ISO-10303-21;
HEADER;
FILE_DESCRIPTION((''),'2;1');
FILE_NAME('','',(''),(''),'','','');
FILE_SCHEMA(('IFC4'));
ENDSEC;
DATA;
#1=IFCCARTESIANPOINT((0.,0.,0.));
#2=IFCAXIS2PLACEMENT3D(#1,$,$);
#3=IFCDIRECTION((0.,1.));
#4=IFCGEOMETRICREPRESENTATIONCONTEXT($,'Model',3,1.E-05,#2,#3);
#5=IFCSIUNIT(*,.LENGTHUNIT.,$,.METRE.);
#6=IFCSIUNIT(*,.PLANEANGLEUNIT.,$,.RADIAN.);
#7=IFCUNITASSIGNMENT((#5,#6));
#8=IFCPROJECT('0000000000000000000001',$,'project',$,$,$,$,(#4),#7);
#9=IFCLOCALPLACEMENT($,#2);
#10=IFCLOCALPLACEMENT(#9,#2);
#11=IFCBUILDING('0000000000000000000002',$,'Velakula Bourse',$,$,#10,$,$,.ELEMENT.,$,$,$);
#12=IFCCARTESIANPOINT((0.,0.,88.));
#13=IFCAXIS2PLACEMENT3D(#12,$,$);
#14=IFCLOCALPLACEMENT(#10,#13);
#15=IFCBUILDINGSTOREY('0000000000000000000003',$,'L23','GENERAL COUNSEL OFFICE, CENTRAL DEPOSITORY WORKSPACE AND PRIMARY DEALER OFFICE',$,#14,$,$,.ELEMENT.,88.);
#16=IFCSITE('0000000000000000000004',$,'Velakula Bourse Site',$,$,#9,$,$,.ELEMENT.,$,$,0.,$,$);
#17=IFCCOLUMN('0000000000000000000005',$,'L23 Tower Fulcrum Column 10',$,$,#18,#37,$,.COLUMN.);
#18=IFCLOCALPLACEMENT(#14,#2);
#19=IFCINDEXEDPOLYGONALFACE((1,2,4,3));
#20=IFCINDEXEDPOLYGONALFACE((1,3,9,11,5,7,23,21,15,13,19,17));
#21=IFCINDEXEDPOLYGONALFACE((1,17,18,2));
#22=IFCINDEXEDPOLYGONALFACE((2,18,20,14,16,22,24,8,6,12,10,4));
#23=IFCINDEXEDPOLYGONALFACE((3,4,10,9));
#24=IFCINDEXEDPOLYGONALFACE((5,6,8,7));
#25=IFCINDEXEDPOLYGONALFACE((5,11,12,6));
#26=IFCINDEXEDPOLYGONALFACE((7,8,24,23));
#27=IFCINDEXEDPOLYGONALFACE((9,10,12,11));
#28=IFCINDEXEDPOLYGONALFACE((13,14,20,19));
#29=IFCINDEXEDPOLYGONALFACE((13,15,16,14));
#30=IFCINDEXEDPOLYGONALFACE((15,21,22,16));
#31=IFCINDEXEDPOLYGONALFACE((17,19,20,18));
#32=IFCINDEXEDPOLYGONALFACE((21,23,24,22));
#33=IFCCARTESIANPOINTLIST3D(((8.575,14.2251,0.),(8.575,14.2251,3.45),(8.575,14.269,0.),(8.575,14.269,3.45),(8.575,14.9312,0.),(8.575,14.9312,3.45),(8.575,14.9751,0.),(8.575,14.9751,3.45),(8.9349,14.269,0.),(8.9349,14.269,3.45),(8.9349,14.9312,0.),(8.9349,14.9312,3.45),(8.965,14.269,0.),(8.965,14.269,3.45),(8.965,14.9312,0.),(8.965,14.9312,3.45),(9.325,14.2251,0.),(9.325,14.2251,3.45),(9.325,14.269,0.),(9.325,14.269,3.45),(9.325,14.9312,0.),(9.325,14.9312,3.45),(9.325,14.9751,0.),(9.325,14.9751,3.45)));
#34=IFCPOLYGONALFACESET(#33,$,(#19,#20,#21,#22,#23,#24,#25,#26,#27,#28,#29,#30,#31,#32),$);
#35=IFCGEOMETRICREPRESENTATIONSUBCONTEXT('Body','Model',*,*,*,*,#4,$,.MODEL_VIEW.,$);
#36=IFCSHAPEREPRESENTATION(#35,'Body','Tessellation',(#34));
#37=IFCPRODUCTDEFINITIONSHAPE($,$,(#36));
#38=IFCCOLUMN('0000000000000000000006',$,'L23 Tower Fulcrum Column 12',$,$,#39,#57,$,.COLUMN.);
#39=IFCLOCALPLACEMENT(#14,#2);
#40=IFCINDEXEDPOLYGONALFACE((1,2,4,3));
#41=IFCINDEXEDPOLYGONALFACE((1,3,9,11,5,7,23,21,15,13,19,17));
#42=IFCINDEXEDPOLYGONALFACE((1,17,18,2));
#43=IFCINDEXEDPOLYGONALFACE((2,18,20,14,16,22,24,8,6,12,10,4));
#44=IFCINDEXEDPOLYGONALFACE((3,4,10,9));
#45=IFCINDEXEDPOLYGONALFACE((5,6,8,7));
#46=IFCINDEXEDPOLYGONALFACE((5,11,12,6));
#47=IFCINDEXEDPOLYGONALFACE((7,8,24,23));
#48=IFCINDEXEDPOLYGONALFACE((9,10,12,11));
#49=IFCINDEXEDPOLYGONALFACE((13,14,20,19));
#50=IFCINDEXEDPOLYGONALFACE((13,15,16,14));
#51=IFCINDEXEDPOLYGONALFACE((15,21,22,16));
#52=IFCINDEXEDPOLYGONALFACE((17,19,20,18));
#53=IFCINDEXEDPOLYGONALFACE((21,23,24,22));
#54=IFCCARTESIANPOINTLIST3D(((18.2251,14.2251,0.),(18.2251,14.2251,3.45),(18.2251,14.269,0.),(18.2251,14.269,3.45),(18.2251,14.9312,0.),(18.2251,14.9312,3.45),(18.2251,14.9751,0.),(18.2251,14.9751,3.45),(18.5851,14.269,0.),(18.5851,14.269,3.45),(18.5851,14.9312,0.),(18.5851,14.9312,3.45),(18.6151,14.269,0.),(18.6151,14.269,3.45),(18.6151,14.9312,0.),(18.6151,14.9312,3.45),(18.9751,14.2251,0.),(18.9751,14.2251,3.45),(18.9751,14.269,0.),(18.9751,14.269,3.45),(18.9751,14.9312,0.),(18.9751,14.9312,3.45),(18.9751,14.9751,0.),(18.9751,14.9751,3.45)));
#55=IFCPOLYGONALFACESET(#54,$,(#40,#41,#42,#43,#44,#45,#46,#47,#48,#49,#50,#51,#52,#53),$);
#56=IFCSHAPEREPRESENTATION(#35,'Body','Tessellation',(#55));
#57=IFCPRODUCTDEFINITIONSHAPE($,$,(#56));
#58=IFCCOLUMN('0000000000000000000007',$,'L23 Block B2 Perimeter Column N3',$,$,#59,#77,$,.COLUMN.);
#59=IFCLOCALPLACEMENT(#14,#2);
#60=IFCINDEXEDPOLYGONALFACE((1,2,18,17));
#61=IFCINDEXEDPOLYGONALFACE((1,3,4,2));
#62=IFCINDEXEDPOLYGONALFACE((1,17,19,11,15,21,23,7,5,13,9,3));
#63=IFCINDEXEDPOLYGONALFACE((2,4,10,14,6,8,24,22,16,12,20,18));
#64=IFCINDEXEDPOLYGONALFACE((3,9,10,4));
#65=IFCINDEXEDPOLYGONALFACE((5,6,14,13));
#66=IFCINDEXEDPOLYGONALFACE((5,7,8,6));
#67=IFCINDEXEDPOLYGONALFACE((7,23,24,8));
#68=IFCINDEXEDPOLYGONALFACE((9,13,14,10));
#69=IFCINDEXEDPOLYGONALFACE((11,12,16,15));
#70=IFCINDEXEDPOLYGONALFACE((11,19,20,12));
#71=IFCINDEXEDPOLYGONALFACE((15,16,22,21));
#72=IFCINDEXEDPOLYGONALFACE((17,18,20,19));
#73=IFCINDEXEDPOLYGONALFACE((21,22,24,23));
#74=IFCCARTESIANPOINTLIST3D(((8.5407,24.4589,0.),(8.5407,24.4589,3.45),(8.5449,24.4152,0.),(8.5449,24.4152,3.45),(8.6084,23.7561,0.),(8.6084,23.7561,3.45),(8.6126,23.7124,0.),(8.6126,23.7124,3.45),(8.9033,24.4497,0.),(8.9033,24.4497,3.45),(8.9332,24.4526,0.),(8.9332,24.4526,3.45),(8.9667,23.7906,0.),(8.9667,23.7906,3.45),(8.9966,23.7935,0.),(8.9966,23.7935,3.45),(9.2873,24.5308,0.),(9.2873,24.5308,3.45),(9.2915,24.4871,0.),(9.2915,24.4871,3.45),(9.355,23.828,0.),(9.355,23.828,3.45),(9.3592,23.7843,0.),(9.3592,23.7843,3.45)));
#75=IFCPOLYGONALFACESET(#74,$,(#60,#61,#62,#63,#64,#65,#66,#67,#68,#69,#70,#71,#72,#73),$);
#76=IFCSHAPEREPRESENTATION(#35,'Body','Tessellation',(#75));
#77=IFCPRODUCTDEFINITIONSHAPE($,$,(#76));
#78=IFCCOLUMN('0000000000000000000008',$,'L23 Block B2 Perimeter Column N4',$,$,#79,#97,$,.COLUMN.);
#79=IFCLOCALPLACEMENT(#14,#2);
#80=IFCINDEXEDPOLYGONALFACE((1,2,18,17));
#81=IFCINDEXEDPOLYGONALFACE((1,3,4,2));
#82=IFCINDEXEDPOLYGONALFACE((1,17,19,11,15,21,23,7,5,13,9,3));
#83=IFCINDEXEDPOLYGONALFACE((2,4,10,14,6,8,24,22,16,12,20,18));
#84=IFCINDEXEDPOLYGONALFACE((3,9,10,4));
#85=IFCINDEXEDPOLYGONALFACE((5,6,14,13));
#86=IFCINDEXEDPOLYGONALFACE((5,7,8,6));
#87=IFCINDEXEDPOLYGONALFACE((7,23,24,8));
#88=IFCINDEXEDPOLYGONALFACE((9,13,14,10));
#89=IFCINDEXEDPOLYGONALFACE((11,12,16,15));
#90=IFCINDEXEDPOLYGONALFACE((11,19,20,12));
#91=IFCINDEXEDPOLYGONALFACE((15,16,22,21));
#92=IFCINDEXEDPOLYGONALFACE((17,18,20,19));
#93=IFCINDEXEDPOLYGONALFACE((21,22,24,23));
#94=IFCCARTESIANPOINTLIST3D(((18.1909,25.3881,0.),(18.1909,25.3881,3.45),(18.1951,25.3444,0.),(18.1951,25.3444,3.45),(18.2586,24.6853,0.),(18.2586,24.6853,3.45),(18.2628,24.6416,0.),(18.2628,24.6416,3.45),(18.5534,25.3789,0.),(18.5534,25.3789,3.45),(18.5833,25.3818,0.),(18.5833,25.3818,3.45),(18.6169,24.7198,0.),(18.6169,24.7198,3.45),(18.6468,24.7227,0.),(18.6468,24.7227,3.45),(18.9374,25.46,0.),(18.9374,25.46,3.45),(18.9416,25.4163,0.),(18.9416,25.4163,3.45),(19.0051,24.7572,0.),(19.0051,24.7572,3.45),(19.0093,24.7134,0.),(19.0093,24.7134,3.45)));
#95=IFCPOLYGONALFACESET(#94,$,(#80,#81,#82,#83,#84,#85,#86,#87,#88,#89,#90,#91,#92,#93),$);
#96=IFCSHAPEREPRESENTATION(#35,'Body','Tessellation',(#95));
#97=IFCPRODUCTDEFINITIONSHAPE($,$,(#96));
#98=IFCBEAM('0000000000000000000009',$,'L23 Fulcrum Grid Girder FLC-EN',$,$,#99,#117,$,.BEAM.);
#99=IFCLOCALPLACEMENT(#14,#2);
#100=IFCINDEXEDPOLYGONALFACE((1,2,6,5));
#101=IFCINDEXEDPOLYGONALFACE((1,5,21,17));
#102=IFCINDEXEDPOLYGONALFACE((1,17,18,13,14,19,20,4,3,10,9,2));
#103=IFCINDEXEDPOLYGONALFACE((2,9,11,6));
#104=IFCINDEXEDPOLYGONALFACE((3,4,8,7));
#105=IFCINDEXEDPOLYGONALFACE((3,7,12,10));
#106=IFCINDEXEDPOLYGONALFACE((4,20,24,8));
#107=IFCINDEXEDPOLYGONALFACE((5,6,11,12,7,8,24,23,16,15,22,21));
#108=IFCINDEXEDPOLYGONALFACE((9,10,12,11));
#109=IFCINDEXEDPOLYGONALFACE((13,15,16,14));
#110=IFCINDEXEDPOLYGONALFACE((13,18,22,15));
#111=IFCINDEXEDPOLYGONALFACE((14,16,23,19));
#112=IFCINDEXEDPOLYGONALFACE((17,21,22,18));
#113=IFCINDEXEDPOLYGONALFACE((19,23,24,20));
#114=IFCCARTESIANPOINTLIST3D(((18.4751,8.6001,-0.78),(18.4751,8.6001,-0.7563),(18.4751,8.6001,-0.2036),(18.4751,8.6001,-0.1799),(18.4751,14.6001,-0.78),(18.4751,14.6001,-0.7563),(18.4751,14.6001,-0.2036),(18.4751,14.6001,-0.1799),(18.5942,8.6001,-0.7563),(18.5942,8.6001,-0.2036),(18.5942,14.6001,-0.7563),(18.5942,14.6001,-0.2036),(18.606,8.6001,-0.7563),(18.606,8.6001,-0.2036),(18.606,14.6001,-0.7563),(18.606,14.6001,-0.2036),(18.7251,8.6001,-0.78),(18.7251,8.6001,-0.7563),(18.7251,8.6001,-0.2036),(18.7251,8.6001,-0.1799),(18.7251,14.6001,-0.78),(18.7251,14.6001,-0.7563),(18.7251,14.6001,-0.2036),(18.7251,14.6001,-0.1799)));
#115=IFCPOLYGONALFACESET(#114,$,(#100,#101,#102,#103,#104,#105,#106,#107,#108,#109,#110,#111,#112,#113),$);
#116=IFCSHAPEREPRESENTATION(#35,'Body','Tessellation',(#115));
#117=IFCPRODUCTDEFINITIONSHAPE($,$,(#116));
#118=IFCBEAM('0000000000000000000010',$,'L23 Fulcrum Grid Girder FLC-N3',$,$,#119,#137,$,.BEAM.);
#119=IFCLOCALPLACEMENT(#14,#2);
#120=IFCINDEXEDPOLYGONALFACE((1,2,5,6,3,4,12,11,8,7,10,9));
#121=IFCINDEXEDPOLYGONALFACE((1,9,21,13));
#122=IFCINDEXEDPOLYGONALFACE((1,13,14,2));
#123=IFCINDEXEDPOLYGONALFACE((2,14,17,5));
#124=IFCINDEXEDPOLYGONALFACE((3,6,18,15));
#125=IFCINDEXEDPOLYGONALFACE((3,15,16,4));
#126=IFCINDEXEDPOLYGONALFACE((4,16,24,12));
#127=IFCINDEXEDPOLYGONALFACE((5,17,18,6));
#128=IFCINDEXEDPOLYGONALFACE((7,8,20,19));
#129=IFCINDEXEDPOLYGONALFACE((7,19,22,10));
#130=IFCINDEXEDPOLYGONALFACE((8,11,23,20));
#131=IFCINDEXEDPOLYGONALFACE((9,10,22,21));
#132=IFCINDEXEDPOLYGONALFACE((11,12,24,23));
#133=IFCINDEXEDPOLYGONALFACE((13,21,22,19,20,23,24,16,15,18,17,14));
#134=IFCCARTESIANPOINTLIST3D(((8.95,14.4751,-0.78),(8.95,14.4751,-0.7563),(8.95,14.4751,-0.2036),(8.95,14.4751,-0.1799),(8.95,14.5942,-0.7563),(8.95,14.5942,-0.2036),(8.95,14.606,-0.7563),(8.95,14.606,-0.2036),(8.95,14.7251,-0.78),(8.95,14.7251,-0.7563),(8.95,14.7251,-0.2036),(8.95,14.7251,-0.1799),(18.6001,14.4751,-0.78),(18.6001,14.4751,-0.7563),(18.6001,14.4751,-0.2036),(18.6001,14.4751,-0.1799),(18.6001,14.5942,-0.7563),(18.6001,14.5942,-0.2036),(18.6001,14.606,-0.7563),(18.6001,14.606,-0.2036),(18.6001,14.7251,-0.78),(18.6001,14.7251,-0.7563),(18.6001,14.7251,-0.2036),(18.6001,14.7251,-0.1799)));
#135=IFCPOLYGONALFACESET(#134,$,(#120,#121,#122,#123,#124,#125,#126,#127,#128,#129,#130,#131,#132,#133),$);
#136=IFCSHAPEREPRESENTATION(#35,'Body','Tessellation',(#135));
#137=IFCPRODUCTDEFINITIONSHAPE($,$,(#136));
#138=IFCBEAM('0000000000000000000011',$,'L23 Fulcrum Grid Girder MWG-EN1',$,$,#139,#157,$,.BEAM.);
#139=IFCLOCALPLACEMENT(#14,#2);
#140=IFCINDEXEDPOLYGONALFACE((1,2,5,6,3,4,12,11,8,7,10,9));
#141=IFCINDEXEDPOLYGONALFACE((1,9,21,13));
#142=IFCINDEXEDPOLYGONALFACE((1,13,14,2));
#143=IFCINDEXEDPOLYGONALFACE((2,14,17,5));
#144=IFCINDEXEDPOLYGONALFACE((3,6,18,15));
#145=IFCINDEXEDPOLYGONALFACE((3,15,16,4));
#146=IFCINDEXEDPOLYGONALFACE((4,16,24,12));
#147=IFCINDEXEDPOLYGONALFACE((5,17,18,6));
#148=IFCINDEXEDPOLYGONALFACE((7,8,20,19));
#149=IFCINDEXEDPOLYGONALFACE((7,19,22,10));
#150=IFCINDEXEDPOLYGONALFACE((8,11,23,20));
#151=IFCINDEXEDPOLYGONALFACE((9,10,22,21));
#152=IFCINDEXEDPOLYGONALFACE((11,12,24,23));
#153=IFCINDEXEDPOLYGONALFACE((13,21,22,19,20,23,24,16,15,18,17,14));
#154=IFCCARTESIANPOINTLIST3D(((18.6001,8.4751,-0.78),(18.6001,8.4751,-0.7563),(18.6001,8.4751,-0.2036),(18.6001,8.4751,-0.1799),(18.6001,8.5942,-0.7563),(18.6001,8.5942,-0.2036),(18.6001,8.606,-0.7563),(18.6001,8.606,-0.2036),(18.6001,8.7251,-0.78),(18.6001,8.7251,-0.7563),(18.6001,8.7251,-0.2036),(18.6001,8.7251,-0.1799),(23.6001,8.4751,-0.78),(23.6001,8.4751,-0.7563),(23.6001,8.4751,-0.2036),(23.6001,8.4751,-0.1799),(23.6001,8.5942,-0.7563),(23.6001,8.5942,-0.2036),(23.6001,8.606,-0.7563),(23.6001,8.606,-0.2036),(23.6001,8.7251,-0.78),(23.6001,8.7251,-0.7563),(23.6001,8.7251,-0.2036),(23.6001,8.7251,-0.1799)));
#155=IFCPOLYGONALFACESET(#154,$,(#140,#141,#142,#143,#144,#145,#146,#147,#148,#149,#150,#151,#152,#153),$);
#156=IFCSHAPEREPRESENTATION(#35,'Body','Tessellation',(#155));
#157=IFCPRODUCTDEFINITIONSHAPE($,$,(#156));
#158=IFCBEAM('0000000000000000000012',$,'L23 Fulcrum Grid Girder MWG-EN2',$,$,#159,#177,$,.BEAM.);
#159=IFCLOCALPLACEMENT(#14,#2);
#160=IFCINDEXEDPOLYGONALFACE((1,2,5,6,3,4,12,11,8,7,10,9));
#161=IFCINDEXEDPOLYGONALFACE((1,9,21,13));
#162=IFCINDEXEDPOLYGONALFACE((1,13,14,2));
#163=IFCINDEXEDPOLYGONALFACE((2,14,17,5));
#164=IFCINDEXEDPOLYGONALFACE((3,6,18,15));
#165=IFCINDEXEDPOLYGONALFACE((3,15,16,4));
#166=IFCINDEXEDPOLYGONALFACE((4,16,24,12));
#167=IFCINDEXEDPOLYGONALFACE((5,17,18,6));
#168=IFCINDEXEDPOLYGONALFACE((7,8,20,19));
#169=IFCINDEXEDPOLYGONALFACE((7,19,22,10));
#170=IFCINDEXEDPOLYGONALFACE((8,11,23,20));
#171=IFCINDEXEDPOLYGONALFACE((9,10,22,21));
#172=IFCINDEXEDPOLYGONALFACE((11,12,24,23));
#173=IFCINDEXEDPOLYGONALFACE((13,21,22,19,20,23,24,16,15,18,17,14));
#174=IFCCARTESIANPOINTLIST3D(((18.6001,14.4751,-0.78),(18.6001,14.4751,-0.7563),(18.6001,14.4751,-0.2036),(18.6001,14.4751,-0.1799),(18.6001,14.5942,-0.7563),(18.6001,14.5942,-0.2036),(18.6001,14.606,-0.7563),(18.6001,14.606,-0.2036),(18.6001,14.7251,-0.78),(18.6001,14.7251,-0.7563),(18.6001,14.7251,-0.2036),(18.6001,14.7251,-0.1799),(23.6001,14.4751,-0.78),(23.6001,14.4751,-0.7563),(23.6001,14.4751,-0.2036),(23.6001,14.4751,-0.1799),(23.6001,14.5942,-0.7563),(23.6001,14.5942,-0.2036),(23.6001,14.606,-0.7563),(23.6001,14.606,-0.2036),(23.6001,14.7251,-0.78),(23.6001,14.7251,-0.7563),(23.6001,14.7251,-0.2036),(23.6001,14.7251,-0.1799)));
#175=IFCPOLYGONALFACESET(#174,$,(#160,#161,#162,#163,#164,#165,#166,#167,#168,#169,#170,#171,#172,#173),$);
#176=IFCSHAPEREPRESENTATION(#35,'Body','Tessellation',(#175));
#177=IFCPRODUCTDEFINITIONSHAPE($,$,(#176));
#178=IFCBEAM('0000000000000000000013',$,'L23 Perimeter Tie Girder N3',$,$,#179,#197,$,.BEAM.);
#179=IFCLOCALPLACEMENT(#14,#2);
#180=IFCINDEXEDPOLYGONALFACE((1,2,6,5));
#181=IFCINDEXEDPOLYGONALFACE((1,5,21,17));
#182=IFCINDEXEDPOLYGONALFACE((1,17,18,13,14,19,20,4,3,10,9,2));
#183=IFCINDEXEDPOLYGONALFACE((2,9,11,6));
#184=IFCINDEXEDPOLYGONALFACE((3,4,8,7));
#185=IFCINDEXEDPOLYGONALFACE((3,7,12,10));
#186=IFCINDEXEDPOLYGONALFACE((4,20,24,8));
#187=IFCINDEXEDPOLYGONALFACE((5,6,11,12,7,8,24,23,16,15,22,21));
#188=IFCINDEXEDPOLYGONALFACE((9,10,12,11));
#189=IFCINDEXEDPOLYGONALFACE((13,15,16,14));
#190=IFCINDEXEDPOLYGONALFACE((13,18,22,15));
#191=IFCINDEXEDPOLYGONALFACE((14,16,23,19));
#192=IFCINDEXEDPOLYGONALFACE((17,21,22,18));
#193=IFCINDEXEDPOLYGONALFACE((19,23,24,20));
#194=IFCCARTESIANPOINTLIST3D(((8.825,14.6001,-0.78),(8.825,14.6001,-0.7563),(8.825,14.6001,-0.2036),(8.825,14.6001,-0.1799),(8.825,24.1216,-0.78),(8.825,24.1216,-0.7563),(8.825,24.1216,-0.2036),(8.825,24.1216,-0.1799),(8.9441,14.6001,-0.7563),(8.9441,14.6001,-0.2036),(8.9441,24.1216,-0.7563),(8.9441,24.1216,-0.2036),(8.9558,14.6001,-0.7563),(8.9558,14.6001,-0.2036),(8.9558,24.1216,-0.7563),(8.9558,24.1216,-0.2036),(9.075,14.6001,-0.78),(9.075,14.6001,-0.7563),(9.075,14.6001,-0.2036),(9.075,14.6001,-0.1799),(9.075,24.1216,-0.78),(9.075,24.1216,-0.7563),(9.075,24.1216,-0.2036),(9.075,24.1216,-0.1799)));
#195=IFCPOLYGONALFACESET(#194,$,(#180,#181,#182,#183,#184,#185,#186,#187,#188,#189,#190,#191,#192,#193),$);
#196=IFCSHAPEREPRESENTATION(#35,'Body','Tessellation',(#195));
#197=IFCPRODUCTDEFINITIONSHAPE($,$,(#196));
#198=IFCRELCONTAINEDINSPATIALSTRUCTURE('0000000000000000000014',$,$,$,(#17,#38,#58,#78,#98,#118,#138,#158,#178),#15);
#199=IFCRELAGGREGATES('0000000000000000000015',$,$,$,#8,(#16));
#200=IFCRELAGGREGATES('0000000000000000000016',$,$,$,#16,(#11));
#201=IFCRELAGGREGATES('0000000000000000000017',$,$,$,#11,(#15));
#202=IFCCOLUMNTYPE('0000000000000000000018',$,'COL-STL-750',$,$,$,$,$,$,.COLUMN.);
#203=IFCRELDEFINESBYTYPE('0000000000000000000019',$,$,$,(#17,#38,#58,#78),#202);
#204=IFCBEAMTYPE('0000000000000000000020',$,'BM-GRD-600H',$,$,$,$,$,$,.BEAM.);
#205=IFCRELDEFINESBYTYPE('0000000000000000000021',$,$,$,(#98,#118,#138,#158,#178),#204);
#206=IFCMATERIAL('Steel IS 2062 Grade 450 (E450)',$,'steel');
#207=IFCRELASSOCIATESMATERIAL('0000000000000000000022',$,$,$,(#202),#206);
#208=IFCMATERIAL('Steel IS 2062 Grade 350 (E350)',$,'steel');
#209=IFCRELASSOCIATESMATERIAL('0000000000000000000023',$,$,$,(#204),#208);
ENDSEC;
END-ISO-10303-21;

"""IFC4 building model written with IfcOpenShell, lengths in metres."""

from ifc_helpers import new_model, si_unit, direction, frame, origin, origin_2d, place, context, subcontext, project, spatial, i_section, extrude, material, material_profile, profile_set, type_object, element, save


model = new_model("IFC4")

# Units and contexts
model_context = context("Model", 3, precision=1e-05, world=origin(), true_north=direction((0.0, 1.0)))
body_context = subcontext(model_context, "Body", "Model", "MODEL_VIEW")
ifc_project = project(units=[si_unit("LENGTHUNIT", "METRE"), si_unit("PLANEANGLEUNIT", "RADIAN")], contexts=[model_context])

# Site, building, storey
site_placement = place(None, origin())
site = spatial("IfcSite", under=ifc_project, at=site_placement, Name="Velakula Bourse Site", CompositionType="ELEMENT", RefElevation=0.0)
building_placement = place(site_placement, origin())
building = spatial("IfcBuilding", under=site, at=building_placement, Name="Velakula Bourse", CompositionType="ELEMENT")
storey_placement = place(building_placement, frame((0.0, 0.0, 88.0)))
storey = spatial("IfcBuildingStorey", under=building, at=storey_placement, Name="L23", Description="GENERAL COUNSEL OFFICE, CENTRAL DEPOSITORY WORKSPACE AND PRIMARY DEALER OFFICE", CompositionType="ELEMENT", Elevation=88.0)

# Columns
ifc_material_1 = material(Name="Steel IS 2062 Grade 450 (E450)", Category="steel")
ifc_material_profile_1 = material_profile(ifc_material_1, i_section(OverallWidth=0.75, OverallDepth=0.75, WebThickness=0.03, FlangeThickness=0.0439, at=origin_2d()), Name="Steel IS 2062 Grade 450 (E450)")
ifc_profile_set_1 = profile_set([ifc_material_profile_1], Name="Steel IS 2062 Grade 450 (E450)")
column_type = type_object("IfcColumnType", Name="COL-STL-750", PredefinedType="COLUMN", material=ifc_profile_set_1)
for number, where, z_axis, x_axis, name in (
    (1, (8.95, 14.6001, 0.0), (0.0, 0.0, 1.0), (1.0, 0.0, 0.0), "L23 Tower Fulcrum Column 10"),
    (2, (18.6001, 14.6001, 0.0), (0.0, 0.0, 1.0), (1.0, 0.0, 0.0), "L23 Tower Fulcrum Column 12"),
    (3, (8.95, 24.1216, 0.0), (0.0, 0.0, 1.0), (0.995396, 0.095846, 0.0), "L23 Block B2 Perimeter Column N3"),
    (4, (18.6001, 25.0508, 0.0), (0.0, 0.0, 1.0), (0.995396, 0.095846, 0.0), "L23 Block B2 Perimeter Column N4"),
):
    element("IfcColumn", number, at=place(storey_placement, frame(where, z_axis=z_axis, x_axis=x_axis)), inside=storey, type_object=column_type, Name=name, PredefinedType="COLUMN", context=body_context, shape_type="SweptSolid", body=[
        extrude(i_section(OverallWidth=0.75, OverallDepth=0.75, WebThickness=0.03, FlangeThickness=0.0439, at=origin_2d()), origin(), (0.0, 0.0, 1.0), 3.45),
    ])

# Beams
ifc_material_2 = material(Name="Steel IS 2062 Grade 350 (E350)", Category="steel")
ifc_material_profile_2 = material_profile(ifc_material_2, i_section(OverallWidth=0.25, OverallDepth=0.6001, WebThickness=0.0117, FlangeThickness=0.0237, at=origin_2d()), Name="Steel IS 2062 Grade 350 (E350)")
ifc_profile_set_2 = profile_set([ifc_material_profile_2], Name="Steel IS 2062 Grade 350 (E350)")
beam_type_1 = type_object("IfcBeamType", Name="BM-GRD-600H", PredefinedType="BEAM", material=ifc_profile_set_2)
beam_1_placement = place(storey_placement, frame((18.6001, 8.6001, -0.48), z_axis=(0.0, 1.0, 0.0), x_axis=(-1.0, 0.0, 0.0)))
element("IfcBeam", 5, at=beam_1_placement, inside=storey, type_object=beam_type_1, Name="L23 Fulcrum Grid Girder FLC-EN", PredefinedType="BEAM", context=body_context, shape_type="SweptSolid", body=[
    extrude(i_section(OverallWidth=0.25, OverallDepth=0.6001, WebThickness=0.0117, FlangeThickness=0.0237, at=origin_2d()), origin(), (0.0, 0.0, 1.0), 6.0),
])
beam_2_placement = place(storey_placement, frame((8.95, 14.6001, -0.48), z_axis=(1.0, 0.0, 0.0), x_axis=(0.0, 1.0, 0.0)))
element("IfcBeam", 6, at=beam_2_placement, inside=storey, type_object=beam_type_1, Name="L23 Fulcrum Grid Girder FLC-N3", PredefinedType="BEAM", context=body_context, shape_type="SweptSolid", body=[
    extrude(i_section(OverallWidth=0.25, OverallDepth=0.6001, WebThickness=0.0117, FlangeThickness=0.0237, at=origin_2d()), origin(), (0.0, 0.0, 1.0), 9.6501),
])
for number, where, z_axis, x_axis, name in (
    (7, (18.6001, 8.6001, -0.48), (1.0, 0.0, 0.0), (0.0, 1.0, 0.0), "L23 Fulcrum Grid Girder MWG-EN1"),
    (8, (18.6001, 14.6001, -0.48), (1.0, 0.0, 0.0), (0.0, 1.0, 0.0), "L23 Fulcrum Grid Girder MWG-EN2"),
):
    element("IfcBeam", number, at=place(storey_placement, frame(where, z_axis=z_axis, x_axis=x_axis)), inside=storey, type_object=beam_type_1, Name=name, PredefinedType="BEAM", context=body_context, shape_type="SweptSolid", body=[
        extrude(i_section(OverallWidth=0.25, OverallDepth=0.6001, WebThickness=0.0117, FlangeThickness=0.0237, at=origin_2d()), origin(), (0.0, 0.0, 1.0), 5.0),
    ])
beam_3_placement = place(storey_placement, frame((8.95, 14.6001, -0.48), z_axis=(0.0, 1.0, 0.0), x_axis=(-1.0, 0.0, 0.0)))
element("IfcBeam", 9, at=beam_3_placement, inside=storey, type_object=beam_type_1, Name="L23 Perimeter Tie Girder N3", PredefinedType="BEAM", context=body_context, shape_type="SweptSolid", body=[
    extrude(i_section(OverallWidth=0.25, OverallDepth=0.6001, WebThickness=0.0117, FlangeThickness=0.0237, at=origin_2d()), origin(), (0.0, 0.0, 1.0), 9.5215),
])

save(model, "model.ifc")
